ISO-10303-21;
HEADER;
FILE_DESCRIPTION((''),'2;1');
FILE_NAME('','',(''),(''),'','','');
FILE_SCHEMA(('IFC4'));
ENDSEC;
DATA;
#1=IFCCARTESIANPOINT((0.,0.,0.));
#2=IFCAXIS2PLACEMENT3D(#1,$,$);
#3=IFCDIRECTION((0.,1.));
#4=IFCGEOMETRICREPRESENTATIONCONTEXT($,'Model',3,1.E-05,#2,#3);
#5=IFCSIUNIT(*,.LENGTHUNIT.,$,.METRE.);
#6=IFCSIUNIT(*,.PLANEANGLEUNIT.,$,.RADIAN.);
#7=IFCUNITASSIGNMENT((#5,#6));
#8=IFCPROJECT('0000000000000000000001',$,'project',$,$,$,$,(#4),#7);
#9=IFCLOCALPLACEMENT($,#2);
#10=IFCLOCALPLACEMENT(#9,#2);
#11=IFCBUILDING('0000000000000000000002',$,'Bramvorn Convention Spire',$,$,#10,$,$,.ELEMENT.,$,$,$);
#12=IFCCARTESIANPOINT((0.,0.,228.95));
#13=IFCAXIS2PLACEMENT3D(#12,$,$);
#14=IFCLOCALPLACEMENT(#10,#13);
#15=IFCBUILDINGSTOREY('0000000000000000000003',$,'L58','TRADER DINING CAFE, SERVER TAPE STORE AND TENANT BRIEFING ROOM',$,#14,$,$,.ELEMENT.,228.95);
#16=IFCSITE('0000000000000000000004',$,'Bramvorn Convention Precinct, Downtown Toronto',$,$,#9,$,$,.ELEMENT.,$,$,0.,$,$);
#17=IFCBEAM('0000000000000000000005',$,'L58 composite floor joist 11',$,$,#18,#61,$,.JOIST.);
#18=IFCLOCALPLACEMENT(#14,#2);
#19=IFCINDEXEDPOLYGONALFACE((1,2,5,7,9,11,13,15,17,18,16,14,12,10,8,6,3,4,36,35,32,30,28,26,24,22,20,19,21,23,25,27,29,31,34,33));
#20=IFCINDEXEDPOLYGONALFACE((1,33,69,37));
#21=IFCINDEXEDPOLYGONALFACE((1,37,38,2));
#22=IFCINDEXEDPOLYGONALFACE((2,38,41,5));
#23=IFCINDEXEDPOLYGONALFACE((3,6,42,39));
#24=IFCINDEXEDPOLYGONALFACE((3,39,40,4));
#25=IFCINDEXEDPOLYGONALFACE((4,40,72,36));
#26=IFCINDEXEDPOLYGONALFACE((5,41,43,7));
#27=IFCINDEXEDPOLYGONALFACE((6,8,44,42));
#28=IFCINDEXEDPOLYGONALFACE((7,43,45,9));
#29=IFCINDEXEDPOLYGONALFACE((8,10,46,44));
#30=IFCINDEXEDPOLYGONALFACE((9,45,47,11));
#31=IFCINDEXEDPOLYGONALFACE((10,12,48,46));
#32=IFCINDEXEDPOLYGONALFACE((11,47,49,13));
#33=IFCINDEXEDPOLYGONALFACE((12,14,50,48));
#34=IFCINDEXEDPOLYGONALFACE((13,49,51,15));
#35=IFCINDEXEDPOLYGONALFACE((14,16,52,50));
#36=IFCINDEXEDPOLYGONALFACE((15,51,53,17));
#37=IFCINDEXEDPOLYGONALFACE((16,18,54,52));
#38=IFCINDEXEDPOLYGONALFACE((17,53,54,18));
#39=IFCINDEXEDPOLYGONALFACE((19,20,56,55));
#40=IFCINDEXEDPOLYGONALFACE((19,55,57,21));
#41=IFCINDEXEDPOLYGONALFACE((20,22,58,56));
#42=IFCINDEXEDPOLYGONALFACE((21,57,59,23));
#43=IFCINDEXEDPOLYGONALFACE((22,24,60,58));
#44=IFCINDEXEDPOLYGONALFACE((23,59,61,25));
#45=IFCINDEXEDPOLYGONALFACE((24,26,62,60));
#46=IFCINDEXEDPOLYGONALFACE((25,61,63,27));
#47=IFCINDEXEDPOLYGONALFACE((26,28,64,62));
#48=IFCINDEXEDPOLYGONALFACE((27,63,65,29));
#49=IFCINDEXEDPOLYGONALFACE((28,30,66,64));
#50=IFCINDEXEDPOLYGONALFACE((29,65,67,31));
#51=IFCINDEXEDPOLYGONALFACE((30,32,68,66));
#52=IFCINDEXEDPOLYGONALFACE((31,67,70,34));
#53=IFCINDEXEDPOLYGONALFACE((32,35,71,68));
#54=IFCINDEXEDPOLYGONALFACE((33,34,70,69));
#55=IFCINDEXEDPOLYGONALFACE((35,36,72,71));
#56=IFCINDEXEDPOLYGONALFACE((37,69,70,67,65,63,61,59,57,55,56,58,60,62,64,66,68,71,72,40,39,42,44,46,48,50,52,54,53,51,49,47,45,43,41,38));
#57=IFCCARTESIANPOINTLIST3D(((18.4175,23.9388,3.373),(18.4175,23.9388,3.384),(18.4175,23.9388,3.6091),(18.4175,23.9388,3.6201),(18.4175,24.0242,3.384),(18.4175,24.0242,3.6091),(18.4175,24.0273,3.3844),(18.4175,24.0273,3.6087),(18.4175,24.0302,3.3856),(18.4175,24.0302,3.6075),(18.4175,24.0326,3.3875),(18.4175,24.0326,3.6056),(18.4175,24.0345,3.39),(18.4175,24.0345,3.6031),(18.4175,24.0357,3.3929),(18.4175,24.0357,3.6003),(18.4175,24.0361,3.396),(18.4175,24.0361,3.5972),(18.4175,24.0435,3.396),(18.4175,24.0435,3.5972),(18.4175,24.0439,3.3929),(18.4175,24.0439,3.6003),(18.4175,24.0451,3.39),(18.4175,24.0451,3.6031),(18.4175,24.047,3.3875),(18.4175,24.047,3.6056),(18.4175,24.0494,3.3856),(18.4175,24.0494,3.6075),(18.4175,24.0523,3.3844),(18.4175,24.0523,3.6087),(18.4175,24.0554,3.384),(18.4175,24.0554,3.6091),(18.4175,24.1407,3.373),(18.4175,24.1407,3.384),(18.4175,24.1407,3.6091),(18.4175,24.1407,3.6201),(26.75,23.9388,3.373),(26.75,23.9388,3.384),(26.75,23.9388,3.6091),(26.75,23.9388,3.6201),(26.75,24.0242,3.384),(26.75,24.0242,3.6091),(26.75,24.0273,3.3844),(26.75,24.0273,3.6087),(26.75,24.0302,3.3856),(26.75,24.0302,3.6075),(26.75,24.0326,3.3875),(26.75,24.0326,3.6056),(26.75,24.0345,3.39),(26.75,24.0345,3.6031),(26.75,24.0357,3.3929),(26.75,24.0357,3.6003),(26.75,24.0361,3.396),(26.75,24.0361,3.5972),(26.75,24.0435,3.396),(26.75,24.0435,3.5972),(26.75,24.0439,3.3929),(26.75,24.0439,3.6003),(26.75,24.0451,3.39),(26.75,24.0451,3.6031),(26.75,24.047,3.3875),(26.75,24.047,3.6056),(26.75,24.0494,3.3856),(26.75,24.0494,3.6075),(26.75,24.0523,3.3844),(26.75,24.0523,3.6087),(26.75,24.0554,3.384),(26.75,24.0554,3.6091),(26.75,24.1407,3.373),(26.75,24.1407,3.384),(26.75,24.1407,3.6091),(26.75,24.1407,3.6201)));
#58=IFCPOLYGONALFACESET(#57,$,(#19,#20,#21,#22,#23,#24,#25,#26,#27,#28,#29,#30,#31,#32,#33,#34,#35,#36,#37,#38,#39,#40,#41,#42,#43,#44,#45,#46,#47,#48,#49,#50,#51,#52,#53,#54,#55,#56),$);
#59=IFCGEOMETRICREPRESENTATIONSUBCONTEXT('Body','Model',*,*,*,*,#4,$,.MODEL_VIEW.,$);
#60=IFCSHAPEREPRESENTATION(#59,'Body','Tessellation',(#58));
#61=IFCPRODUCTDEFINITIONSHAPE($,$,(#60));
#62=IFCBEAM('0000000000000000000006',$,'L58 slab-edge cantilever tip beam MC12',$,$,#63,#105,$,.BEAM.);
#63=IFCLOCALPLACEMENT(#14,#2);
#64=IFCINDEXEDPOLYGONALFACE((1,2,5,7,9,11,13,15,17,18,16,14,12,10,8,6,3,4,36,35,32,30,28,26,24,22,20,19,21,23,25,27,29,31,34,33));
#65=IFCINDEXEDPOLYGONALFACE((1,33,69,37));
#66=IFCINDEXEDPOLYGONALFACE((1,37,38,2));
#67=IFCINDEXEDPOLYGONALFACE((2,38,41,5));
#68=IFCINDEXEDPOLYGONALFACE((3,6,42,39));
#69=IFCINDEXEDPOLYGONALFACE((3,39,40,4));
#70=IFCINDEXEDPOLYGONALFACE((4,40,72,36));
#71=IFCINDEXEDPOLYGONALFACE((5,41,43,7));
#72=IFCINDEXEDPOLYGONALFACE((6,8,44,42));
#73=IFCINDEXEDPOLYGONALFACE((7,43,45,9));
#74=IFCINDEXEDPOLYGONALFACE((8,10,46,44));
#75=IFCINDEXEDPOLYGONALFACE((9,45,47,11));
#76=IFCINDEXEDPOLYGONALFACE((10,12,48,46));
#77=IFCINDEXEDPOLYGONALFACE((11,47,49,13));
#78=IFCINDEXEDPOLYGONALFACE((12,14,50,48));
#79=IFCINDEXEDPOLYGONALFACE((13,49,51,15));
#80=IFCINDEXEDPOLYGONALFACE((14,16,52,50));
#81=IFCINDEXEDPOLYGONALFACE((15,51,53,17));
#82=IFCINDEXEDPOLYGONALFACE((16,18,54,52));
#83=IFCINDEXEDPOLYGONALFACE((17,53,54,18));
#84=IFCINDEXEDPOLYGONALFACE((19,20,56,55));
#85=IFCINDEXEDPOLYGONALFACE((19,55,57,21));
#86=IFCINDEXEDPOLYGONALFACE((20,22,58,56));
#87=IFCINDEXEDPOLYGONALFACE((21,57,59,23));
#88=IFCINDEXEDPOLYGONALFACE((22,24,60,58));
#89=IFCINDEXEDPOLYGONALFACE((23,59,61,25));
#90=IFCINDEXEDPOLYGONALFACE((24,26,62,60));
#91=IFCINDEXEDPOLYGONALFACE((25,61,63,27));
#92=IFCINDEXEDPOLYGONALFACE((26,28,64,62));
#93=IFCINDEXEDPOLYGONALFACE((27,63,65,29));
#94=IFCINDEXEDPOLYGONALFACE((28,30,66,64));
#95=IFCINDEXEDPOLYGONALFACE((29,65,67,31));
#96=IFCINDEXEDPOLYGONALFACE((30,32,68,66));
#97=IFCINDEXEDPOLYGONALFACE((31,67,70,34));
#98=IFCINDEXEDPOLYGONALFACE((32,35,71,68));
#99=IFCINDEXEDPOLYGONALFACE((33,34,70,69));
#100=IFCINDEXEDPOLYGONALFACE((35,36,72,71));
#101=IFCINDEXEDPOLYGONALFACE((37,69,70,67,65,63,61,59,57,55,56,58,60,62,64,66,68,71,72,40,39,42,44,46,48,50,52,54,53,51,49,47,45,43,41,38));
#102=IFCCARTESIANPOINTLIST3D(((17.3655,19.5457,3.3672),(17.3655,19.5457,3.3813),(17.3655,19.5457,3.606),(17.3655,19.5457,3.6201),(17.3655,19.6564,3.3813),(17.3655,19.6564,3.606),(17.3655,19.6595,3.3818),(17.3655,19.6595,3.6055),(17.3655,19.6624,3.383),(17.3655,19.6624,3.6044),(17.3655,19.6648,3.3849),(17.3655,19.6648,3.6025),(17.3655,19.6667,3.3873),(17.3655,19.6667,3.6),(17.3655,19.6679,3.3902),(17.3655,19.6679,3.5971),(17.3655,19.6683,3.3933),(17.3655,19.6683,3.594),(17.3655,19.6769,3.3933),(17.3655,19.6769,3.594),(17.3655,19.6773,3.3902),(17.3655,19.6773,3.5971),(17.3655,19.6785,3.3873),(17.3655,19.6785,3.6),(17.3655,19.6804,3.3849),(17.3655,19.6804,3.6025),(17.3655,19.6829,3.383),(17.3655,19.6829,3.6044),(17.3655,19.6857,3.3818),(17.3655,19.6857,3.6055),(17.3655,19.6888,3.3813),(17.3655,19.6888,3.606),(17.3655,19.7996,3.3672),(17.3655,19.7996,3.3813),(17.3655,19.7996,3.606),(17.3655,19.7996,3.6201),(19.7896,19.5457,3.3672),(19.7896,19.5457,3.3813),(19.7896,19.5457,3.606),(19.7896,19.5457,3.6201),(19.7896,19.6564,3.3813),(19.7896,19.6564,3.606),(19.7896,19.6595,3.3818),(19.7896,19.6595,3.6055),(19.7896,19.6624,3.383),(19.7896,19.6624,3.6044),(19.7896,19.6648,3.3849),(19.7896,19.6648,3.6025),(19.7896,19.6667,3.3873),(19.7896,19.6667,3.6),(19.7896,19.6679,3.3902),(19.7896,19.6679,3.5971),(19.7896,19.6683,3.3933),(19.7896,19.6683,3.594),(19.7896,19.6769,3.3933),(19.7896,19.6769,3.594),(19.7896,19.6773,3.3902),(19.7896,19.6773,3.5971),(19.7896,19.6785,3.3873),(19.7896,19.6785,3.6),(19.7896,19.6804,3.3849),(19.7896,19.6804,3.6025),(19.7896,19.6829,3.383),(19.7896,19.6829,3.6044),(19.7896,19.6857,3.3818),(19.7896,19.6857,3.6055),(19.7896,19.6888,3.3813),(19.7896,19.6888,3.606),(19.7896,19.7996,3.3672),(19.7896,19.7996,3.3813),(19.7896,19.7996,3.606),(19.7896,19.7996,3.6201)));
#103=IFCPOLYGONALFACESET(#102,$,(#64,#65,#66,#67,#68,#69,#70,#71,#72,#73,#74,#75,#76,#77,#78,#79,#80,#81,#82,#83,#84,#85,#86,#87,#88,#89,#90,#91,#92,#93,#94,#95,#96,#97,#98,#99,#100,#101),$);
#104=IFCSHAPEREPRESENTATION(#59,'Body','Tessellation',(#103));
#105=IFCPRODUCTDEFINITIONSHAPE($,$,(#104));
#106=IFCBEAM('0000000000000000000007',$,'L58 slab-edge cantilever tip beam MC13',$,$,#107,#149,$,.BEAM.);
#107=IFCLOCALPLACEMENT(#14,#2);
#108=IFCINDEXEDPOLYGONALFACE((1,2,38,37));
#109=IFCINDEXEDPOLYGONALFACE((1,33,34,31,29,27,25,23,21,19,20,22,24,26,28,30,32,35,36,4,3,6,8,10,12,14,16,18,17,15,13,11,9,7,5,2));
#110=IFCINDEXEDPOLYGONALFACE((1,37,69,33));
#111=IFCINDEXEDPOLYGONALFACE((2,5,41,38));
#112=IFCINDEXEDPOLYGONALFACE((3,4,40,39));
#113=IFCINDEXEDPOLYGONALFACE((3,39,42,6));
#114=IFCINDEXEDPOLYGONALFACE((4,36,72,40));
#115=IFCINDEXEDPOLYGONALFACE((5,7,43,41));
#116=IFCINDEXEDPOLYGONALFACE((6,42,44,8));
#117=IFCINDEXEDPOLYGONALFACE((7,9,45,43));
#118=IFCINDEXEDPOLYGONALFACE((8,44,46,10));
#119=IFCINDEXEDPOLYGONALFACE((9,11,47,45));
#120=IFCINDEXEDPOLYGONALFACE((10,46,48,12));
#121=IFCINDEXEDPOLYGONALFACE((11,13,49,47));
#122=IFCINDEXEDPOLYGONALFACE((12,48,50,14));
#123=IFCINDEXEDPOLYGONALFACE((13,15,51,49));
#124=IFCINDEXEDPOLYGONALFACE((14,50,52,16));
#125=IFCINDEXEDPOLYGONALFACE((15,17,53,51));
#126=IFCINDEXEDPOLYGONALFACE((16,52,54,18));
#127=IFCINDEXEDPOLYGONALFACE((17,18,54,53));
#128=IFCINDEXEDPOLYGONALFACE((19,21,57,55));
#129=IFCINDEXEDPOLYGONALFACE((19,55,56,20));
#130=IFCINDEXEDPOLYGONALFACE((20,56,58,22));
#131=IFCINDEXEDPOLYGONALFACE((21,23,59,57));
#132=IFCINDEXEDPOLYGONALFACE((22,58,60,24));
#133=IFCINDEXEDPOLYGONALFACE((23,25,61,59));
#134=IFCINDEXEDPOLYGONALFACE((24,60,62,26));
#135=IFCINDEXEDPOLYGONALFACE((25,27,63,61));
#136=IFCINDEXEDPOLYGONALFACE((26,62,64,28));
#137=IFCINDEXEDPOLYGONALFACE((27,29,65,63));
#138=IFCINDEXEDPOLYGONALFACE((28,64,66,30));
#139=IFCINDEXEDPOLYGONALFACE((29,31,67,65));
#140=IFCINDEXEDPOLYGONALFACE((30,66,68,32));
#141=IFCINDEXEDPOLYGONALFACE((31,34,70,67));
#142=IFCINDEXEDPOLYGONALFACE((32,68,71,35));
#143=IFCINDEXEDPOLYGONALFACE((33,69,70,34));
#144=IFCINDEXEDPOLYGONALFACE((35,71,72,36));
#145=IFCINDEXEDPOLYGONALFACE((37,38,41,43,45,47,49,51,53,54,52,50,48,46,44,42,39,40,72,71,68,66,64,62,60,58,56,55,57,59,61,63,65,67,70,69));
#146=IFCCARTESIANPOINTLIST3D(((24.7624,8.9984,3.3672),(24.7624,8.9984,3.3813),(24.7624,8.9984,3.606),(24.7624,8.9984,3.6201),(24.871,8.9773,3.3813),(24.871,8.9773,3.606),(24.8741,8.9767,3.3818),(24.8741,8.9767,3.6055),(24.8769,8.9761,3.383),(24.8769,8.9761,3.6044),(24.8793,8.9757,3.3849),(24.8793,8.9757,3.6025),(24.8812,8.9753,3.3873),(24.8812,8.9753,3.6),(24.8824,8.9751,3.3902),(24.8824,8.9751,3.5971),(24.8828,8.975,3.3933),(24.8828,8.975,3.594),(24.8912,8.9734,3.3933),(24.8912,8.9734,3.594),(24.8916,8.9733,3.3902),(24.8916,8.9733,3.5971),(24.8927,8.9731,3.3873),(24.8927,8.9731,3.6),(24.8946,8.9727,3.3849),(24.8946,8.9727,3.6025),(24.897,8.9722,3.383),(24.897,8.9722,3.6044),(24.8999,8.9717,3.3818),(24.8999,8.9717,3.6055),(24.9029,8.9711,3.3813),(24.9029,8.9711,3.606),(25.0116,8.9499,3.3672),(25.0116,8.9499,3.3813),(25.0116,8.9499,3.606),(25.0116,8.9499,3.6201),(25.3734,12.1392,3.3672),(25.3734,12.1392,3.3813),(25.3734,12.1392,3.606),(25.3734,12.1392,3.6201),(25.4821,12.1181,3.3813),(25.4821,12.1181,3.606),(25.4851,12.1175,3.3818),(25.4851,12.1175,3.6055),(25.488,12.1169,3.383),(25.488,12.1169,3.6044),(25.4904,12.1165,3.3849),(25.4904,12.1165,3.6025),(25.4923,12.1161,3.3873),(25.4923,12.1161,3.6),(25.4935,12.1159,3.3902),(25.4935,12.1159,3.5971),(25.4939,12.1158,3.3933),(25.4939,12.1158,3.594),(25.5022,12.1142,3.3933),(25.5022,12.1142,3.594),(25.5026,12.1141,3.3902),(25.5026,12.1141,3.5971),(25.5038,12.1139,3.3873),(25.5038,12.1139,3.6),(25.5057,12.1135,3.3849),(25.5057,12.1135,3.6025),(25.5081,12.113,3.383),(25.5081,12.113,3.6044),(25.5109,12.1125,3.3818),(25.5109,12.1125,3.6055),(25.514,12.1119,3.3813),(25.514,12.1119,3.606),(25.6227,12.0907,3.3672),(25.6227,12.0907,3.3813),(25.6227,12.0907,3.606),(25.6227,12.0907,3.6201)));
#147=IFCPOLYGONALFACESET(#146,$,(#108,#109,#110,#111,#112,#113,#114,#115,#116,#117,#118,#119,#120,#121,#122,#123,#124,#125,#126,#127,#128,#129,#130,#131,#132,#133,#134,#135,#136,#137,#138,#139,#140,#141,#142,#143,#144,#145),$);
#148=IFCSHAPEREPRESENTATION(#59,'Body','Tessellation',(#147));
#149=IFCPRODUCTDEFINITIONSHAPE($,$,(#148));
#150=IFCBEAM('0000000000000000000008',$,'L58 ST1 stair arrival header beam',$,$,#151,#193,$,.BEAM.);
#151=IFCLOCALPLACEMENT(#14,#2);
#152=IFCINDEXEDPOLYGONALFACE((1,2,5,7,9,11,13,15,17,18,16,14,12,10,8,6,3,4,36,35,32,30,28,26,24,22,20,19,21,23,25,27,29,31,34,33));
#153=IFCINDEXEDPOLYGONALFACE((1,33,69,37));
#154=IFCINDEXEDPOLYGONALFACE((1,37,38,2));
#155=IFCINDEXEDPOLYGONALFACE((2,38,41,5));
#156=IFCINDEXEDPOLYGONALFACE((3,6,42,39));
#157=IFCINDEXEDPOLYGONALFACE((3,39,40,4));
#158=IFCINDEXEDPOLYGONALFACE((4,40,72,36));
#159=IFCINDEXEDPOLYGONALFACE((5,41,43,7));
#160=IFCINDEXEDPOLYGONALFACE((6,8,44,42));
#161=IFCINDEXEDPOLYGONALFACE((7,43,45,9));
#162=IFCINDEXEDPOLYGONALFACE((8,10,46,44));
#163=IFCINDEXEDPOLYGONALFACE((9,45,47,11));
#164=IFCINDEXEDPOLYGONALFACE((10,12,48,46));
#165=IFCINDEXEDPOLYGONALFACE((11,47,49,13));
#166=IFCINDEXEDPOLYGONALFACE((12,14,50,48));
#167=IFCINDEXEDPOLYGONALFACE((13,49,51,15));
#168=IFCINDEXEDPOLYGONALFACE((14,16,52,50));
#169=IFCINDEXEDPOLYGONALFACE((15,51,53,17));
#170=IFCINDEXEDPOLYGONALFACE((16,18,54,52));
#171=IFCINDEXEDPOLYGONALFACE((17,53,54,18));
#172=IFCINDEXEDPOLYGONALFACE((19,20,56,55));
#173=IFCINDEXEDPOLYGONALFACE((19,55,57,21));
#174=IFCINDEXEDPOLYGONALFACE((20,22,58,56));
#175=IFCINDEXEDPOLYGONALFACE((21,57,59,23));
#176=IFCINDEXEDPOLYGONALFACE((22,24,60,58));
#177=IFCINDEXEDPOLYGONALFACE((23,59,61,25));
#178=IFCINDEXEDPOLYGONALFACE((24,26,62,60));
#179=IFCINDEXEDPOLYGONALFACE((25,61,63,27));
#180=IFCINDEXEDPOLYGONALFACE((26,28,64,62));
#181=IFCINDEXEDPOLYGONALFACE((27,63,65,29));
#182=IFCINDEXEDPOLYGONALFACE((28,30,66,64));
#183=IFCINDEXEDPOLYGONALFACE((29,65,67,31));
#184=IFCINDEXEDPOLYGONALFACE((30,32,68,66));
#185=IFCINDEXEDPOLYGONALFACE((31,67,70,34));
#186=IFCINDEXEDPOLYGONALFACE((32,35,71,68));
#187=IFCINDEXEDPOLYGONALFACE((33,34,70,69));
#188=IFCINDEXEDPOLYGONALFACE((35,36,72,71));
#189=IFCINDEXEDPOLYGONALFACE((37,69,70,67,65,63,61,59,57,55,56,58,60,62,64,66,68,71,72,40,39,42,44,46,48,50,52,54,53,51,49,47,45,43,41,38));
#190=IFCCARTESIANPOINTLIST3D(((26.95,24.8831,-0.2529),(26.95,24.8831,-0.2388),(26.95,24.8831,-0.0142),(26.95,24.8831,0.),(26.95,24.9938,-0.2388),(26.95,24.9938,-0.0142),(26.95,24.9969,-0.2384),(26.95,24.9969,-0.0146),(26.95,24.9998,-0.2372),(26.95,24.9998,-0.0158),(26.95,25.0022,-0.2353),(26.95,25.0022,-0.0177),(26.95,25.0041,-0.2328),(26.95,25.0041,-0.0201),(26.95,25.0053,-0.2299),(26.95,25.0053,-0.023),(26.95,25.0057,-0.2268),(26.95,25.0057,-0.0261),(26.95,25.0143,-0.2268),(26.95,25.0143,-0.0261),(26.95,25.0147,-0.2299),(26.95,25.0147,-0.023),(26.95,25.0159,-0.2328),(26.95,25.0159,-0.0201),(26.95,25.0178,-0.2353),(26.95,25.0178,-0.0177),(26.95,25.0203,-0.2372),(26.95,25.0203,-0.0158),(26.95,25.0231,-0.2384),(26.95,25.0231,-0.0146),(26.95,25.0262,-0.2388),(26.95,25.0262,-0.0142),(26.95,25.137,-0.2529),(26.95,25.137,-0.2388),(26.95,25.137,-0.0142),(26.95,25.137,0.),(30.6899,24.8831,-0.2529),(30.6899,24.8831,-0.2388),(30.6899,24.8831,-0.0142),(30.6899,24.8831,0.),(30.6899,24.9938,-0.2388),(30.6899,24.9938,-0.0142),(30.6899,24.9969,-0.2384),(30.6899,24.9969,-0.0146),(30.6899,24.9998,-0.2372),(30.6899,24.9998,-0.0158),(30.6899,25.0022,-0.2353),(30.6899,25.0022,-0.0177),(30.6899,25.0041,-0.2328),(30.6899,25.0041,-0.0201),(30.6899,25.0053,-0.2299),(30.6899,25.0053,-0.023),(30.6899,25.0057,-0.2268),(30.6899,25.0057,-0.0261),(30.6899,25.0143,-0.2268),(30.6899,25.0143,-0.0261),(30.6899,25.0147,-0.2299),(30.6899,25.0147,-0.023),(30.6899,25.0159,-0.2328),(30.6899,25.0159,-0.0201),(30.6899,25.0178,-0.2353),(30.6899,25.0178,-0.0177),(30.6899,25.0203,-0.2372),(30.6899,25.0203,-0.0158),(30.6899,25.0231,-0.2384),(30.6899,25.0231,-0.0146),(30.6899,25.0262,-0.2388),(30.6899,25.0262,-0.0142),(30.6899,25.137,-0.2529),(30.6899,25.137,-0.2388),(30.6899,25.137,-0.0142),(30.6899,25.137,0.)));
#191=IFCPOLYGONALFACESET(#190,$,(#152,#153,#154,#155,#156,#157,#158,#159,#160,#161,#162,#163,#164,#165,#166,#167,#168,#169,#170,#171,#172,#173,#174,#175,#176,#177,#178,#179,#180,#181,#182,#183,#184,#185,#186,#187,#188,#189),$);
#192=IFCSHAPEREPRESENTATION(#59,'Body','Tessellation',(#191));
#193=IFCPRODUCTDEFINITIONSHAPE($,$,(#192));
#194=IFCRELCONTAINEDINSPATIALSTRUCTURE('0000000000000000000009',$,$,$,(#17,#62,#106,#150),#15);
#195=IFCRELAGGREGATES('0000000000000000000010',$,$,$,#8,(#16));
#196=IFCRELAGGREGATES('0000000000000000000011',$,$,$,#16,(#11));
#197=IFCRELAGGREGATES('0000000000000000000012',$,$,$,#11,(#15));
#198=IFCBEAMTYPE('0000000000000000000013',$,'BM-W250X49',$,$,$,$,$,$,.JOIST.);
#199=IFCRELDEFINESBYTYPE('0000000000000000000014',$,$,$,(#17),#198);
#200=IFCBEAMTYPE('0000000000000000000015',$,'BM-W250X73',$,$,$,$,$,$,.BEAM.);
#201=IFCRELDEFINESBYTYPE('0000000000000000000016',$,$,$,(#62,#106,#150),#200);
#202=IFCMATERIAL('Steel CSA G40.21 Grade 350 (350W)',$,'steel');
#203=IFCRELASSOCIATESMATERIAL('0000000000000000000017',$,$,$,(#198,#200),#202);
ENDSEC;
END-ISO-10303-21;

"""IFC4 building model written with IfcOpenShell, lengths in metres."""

from ifc_helpers import new_model, si_unit, direction, frame, origin, origin_2d, place, context, subcontext, project, spatial, i_section, extrude, material, material_profile, profile_set, type_object, element, save


model = new_model("IFC4")

# Units and contexts
model_context = context("Model", 3, precision=1e-05, world=origin(), true_north=direction((0.0, 1.0)))
body_context = subcontext(model_context, "Body", "Model", "MODEL_VIEW")
ifc_project = project(units=[si_unit("LENGTHUNIT", "METRE"), si_unit("PLANEANGLEUNIT", "RADIAN")], contexts=[model_context])

# Site, building, storey
site_placement = place(None, origin())
site = spatial("IfcSite", under=ifc_project, at=site_placement, Name="Bramvorn Convention Precinct, Downtown Toronto", CompositionType="ELEMENT", RefElevation=0.0)
building_placement = place(site_placement, origin())
building = spatial("IfcBuilding", under=site, at=building_placement, Name="Bramvorn Convention Spire", CompositionType="ELEMENT")
storey_placement = place(building_placement, frame((0.0, 0.0, 228.95)))
storey = spatial("IfcBuildingStorey", under=building, at=storey_placement, Name="L58", Description="TRADER DINING CAFE, SERVER TAPE STORE AND TENANT BRIEFING ROOM", CompositionType="ELEMENT", Elevation=228.95)

# Shared definitions
ifc_material_1 = material(Name="Steel CSA G40.21 Grade 350 (350W)", Category="steel")

# Beams
ifc_material_profile_1 = material_profile(ifc_material_1, i_section(OverallWidth=0.2019, OverallDepth=0.2471, WebThickness=0.0073, FlangeThickness=0.011, FilletRadius=0.012, at=origin_2d()))
ifc_profile_set_1 = profile_set([ifc_material_profile_1], Name="Steel CSA G40.21 Grade 350 (350W) - W250X49")
beam_type_1 = type_object("IfcBeamType", Name="BM-W250X49", PredefinedType="JOIST", material=ifc_profile_set_1)
beam_1_placement = place(storey_placement, frame((26.75, 24.0398, 3.4966), z_axis=(-1.0, 0.0, 0.0), x_axis=(0.0, -1.0, 0.0)))
element("IfcBeam", 1, at=beam_1_placement, inside=storey, type_object=beam_type_1, Name="L58 composite floor joist 11", PredefinedType="JOIST", context=body_context, shape_type="SweptSolid", body=[
    extrude(i_section(OverallWidth=0.2019, OverallDepth=0.2471, WebThickness=0.0073, FlangeThickness=0.011, FilletRadius=0.012, at=origin_2d()), origin(), (0.0, 0.0, 1.0), 8.3325),
])
ifc_material_profile_2 = material_profile(ifc_material_1, i_section(OverallWidth=0.2539, OverallDepth=0.2529, WebThickness=0.0085, FlangeThickness=0.0142, FilletRadius=0.012, at=origin_2d()))
ifc_profile_set_2 = profile_set([ifc_material_profile_2], Name="Steel CSA G40.21 Grade 350 (350W) - W250X73")
beam_type_2 = type_object("IfcBeamType", Name="BM-W250X73", PredefinedType="BEAM", material=ifc_profile_set_2)
beam_2_placement = place(storey_placement, frame((19.7896, 19.6726, 3.4937), z_axis=(-1.0, 0.0, 0.0), x_axis=(0.0, -1.0, 0.0)))
element("IfcBeam", 2, at=beam_2_placement, inside=storey, type_object=beam_type_2, Name="L58 slab-edge cantilever tip beam MC12", PredefinedType="BEAM", context=body_context, shape_type="SweptSolid", body=[
    extrude(i_section(OverallWidth=0.2539, OverallDepth=0.2529, WebThickness=0.0085, FlangeThickness=0.0142, FilletRadius=0.012, at=origin_2d()), origin(), (0.0, 0.0, 1.0), 2.4241),
])
beam_3_placement = place(storey_placement, frame((25.498, 12.115, 3.4937), z_axis=(-0.190978, -0.981594, 0.0), x_axis=(0.981594, -0.190978, 0.0)))
element("IfcBeam", 3, at=beam_3_placement, inside=storey, type_object=beam_type_2, Name="L58 slab-edge cantilever tip beam MC13", PredefinedType="BEAM", context=body_context, shape_type="SweptSolid", body=[
    extrude(i_section(OverallWidth=0.2539, OverallDepth=0.2529, WebThickness=0.0085, FlangeThickness=0.0142, FilletRadius=0.012, at=origin_2d()), origin(), (0.0, 0.0, 1.0), 3.1997),
])
beam_4_placement = place(storey_placement, frame((26.95, 25.01, -0.1265), z_axis=(1.0, 0.0, 0.0), x_axis=(0.0, 1.0, 0.0)))
element("IfcBeam", 4, at=beam_4_placement, inside=storey, type_object=beam_type_2, Name="L58 ST1 stair arrival header beam", PredefinedType="BEAM", context=body_context, shape_type="SweptSolid", body=[
    extrude(i_section(OverallWidth=0.2539, OverallDepth=0.2529, WebThickness=0.0085, FlangeThickness=0.0142, FilletRadius=0.012, at=origin_2d()), origin(), (0.0, 0.0, 1.0), 3.74),
])

save(model, "model.ifc")
